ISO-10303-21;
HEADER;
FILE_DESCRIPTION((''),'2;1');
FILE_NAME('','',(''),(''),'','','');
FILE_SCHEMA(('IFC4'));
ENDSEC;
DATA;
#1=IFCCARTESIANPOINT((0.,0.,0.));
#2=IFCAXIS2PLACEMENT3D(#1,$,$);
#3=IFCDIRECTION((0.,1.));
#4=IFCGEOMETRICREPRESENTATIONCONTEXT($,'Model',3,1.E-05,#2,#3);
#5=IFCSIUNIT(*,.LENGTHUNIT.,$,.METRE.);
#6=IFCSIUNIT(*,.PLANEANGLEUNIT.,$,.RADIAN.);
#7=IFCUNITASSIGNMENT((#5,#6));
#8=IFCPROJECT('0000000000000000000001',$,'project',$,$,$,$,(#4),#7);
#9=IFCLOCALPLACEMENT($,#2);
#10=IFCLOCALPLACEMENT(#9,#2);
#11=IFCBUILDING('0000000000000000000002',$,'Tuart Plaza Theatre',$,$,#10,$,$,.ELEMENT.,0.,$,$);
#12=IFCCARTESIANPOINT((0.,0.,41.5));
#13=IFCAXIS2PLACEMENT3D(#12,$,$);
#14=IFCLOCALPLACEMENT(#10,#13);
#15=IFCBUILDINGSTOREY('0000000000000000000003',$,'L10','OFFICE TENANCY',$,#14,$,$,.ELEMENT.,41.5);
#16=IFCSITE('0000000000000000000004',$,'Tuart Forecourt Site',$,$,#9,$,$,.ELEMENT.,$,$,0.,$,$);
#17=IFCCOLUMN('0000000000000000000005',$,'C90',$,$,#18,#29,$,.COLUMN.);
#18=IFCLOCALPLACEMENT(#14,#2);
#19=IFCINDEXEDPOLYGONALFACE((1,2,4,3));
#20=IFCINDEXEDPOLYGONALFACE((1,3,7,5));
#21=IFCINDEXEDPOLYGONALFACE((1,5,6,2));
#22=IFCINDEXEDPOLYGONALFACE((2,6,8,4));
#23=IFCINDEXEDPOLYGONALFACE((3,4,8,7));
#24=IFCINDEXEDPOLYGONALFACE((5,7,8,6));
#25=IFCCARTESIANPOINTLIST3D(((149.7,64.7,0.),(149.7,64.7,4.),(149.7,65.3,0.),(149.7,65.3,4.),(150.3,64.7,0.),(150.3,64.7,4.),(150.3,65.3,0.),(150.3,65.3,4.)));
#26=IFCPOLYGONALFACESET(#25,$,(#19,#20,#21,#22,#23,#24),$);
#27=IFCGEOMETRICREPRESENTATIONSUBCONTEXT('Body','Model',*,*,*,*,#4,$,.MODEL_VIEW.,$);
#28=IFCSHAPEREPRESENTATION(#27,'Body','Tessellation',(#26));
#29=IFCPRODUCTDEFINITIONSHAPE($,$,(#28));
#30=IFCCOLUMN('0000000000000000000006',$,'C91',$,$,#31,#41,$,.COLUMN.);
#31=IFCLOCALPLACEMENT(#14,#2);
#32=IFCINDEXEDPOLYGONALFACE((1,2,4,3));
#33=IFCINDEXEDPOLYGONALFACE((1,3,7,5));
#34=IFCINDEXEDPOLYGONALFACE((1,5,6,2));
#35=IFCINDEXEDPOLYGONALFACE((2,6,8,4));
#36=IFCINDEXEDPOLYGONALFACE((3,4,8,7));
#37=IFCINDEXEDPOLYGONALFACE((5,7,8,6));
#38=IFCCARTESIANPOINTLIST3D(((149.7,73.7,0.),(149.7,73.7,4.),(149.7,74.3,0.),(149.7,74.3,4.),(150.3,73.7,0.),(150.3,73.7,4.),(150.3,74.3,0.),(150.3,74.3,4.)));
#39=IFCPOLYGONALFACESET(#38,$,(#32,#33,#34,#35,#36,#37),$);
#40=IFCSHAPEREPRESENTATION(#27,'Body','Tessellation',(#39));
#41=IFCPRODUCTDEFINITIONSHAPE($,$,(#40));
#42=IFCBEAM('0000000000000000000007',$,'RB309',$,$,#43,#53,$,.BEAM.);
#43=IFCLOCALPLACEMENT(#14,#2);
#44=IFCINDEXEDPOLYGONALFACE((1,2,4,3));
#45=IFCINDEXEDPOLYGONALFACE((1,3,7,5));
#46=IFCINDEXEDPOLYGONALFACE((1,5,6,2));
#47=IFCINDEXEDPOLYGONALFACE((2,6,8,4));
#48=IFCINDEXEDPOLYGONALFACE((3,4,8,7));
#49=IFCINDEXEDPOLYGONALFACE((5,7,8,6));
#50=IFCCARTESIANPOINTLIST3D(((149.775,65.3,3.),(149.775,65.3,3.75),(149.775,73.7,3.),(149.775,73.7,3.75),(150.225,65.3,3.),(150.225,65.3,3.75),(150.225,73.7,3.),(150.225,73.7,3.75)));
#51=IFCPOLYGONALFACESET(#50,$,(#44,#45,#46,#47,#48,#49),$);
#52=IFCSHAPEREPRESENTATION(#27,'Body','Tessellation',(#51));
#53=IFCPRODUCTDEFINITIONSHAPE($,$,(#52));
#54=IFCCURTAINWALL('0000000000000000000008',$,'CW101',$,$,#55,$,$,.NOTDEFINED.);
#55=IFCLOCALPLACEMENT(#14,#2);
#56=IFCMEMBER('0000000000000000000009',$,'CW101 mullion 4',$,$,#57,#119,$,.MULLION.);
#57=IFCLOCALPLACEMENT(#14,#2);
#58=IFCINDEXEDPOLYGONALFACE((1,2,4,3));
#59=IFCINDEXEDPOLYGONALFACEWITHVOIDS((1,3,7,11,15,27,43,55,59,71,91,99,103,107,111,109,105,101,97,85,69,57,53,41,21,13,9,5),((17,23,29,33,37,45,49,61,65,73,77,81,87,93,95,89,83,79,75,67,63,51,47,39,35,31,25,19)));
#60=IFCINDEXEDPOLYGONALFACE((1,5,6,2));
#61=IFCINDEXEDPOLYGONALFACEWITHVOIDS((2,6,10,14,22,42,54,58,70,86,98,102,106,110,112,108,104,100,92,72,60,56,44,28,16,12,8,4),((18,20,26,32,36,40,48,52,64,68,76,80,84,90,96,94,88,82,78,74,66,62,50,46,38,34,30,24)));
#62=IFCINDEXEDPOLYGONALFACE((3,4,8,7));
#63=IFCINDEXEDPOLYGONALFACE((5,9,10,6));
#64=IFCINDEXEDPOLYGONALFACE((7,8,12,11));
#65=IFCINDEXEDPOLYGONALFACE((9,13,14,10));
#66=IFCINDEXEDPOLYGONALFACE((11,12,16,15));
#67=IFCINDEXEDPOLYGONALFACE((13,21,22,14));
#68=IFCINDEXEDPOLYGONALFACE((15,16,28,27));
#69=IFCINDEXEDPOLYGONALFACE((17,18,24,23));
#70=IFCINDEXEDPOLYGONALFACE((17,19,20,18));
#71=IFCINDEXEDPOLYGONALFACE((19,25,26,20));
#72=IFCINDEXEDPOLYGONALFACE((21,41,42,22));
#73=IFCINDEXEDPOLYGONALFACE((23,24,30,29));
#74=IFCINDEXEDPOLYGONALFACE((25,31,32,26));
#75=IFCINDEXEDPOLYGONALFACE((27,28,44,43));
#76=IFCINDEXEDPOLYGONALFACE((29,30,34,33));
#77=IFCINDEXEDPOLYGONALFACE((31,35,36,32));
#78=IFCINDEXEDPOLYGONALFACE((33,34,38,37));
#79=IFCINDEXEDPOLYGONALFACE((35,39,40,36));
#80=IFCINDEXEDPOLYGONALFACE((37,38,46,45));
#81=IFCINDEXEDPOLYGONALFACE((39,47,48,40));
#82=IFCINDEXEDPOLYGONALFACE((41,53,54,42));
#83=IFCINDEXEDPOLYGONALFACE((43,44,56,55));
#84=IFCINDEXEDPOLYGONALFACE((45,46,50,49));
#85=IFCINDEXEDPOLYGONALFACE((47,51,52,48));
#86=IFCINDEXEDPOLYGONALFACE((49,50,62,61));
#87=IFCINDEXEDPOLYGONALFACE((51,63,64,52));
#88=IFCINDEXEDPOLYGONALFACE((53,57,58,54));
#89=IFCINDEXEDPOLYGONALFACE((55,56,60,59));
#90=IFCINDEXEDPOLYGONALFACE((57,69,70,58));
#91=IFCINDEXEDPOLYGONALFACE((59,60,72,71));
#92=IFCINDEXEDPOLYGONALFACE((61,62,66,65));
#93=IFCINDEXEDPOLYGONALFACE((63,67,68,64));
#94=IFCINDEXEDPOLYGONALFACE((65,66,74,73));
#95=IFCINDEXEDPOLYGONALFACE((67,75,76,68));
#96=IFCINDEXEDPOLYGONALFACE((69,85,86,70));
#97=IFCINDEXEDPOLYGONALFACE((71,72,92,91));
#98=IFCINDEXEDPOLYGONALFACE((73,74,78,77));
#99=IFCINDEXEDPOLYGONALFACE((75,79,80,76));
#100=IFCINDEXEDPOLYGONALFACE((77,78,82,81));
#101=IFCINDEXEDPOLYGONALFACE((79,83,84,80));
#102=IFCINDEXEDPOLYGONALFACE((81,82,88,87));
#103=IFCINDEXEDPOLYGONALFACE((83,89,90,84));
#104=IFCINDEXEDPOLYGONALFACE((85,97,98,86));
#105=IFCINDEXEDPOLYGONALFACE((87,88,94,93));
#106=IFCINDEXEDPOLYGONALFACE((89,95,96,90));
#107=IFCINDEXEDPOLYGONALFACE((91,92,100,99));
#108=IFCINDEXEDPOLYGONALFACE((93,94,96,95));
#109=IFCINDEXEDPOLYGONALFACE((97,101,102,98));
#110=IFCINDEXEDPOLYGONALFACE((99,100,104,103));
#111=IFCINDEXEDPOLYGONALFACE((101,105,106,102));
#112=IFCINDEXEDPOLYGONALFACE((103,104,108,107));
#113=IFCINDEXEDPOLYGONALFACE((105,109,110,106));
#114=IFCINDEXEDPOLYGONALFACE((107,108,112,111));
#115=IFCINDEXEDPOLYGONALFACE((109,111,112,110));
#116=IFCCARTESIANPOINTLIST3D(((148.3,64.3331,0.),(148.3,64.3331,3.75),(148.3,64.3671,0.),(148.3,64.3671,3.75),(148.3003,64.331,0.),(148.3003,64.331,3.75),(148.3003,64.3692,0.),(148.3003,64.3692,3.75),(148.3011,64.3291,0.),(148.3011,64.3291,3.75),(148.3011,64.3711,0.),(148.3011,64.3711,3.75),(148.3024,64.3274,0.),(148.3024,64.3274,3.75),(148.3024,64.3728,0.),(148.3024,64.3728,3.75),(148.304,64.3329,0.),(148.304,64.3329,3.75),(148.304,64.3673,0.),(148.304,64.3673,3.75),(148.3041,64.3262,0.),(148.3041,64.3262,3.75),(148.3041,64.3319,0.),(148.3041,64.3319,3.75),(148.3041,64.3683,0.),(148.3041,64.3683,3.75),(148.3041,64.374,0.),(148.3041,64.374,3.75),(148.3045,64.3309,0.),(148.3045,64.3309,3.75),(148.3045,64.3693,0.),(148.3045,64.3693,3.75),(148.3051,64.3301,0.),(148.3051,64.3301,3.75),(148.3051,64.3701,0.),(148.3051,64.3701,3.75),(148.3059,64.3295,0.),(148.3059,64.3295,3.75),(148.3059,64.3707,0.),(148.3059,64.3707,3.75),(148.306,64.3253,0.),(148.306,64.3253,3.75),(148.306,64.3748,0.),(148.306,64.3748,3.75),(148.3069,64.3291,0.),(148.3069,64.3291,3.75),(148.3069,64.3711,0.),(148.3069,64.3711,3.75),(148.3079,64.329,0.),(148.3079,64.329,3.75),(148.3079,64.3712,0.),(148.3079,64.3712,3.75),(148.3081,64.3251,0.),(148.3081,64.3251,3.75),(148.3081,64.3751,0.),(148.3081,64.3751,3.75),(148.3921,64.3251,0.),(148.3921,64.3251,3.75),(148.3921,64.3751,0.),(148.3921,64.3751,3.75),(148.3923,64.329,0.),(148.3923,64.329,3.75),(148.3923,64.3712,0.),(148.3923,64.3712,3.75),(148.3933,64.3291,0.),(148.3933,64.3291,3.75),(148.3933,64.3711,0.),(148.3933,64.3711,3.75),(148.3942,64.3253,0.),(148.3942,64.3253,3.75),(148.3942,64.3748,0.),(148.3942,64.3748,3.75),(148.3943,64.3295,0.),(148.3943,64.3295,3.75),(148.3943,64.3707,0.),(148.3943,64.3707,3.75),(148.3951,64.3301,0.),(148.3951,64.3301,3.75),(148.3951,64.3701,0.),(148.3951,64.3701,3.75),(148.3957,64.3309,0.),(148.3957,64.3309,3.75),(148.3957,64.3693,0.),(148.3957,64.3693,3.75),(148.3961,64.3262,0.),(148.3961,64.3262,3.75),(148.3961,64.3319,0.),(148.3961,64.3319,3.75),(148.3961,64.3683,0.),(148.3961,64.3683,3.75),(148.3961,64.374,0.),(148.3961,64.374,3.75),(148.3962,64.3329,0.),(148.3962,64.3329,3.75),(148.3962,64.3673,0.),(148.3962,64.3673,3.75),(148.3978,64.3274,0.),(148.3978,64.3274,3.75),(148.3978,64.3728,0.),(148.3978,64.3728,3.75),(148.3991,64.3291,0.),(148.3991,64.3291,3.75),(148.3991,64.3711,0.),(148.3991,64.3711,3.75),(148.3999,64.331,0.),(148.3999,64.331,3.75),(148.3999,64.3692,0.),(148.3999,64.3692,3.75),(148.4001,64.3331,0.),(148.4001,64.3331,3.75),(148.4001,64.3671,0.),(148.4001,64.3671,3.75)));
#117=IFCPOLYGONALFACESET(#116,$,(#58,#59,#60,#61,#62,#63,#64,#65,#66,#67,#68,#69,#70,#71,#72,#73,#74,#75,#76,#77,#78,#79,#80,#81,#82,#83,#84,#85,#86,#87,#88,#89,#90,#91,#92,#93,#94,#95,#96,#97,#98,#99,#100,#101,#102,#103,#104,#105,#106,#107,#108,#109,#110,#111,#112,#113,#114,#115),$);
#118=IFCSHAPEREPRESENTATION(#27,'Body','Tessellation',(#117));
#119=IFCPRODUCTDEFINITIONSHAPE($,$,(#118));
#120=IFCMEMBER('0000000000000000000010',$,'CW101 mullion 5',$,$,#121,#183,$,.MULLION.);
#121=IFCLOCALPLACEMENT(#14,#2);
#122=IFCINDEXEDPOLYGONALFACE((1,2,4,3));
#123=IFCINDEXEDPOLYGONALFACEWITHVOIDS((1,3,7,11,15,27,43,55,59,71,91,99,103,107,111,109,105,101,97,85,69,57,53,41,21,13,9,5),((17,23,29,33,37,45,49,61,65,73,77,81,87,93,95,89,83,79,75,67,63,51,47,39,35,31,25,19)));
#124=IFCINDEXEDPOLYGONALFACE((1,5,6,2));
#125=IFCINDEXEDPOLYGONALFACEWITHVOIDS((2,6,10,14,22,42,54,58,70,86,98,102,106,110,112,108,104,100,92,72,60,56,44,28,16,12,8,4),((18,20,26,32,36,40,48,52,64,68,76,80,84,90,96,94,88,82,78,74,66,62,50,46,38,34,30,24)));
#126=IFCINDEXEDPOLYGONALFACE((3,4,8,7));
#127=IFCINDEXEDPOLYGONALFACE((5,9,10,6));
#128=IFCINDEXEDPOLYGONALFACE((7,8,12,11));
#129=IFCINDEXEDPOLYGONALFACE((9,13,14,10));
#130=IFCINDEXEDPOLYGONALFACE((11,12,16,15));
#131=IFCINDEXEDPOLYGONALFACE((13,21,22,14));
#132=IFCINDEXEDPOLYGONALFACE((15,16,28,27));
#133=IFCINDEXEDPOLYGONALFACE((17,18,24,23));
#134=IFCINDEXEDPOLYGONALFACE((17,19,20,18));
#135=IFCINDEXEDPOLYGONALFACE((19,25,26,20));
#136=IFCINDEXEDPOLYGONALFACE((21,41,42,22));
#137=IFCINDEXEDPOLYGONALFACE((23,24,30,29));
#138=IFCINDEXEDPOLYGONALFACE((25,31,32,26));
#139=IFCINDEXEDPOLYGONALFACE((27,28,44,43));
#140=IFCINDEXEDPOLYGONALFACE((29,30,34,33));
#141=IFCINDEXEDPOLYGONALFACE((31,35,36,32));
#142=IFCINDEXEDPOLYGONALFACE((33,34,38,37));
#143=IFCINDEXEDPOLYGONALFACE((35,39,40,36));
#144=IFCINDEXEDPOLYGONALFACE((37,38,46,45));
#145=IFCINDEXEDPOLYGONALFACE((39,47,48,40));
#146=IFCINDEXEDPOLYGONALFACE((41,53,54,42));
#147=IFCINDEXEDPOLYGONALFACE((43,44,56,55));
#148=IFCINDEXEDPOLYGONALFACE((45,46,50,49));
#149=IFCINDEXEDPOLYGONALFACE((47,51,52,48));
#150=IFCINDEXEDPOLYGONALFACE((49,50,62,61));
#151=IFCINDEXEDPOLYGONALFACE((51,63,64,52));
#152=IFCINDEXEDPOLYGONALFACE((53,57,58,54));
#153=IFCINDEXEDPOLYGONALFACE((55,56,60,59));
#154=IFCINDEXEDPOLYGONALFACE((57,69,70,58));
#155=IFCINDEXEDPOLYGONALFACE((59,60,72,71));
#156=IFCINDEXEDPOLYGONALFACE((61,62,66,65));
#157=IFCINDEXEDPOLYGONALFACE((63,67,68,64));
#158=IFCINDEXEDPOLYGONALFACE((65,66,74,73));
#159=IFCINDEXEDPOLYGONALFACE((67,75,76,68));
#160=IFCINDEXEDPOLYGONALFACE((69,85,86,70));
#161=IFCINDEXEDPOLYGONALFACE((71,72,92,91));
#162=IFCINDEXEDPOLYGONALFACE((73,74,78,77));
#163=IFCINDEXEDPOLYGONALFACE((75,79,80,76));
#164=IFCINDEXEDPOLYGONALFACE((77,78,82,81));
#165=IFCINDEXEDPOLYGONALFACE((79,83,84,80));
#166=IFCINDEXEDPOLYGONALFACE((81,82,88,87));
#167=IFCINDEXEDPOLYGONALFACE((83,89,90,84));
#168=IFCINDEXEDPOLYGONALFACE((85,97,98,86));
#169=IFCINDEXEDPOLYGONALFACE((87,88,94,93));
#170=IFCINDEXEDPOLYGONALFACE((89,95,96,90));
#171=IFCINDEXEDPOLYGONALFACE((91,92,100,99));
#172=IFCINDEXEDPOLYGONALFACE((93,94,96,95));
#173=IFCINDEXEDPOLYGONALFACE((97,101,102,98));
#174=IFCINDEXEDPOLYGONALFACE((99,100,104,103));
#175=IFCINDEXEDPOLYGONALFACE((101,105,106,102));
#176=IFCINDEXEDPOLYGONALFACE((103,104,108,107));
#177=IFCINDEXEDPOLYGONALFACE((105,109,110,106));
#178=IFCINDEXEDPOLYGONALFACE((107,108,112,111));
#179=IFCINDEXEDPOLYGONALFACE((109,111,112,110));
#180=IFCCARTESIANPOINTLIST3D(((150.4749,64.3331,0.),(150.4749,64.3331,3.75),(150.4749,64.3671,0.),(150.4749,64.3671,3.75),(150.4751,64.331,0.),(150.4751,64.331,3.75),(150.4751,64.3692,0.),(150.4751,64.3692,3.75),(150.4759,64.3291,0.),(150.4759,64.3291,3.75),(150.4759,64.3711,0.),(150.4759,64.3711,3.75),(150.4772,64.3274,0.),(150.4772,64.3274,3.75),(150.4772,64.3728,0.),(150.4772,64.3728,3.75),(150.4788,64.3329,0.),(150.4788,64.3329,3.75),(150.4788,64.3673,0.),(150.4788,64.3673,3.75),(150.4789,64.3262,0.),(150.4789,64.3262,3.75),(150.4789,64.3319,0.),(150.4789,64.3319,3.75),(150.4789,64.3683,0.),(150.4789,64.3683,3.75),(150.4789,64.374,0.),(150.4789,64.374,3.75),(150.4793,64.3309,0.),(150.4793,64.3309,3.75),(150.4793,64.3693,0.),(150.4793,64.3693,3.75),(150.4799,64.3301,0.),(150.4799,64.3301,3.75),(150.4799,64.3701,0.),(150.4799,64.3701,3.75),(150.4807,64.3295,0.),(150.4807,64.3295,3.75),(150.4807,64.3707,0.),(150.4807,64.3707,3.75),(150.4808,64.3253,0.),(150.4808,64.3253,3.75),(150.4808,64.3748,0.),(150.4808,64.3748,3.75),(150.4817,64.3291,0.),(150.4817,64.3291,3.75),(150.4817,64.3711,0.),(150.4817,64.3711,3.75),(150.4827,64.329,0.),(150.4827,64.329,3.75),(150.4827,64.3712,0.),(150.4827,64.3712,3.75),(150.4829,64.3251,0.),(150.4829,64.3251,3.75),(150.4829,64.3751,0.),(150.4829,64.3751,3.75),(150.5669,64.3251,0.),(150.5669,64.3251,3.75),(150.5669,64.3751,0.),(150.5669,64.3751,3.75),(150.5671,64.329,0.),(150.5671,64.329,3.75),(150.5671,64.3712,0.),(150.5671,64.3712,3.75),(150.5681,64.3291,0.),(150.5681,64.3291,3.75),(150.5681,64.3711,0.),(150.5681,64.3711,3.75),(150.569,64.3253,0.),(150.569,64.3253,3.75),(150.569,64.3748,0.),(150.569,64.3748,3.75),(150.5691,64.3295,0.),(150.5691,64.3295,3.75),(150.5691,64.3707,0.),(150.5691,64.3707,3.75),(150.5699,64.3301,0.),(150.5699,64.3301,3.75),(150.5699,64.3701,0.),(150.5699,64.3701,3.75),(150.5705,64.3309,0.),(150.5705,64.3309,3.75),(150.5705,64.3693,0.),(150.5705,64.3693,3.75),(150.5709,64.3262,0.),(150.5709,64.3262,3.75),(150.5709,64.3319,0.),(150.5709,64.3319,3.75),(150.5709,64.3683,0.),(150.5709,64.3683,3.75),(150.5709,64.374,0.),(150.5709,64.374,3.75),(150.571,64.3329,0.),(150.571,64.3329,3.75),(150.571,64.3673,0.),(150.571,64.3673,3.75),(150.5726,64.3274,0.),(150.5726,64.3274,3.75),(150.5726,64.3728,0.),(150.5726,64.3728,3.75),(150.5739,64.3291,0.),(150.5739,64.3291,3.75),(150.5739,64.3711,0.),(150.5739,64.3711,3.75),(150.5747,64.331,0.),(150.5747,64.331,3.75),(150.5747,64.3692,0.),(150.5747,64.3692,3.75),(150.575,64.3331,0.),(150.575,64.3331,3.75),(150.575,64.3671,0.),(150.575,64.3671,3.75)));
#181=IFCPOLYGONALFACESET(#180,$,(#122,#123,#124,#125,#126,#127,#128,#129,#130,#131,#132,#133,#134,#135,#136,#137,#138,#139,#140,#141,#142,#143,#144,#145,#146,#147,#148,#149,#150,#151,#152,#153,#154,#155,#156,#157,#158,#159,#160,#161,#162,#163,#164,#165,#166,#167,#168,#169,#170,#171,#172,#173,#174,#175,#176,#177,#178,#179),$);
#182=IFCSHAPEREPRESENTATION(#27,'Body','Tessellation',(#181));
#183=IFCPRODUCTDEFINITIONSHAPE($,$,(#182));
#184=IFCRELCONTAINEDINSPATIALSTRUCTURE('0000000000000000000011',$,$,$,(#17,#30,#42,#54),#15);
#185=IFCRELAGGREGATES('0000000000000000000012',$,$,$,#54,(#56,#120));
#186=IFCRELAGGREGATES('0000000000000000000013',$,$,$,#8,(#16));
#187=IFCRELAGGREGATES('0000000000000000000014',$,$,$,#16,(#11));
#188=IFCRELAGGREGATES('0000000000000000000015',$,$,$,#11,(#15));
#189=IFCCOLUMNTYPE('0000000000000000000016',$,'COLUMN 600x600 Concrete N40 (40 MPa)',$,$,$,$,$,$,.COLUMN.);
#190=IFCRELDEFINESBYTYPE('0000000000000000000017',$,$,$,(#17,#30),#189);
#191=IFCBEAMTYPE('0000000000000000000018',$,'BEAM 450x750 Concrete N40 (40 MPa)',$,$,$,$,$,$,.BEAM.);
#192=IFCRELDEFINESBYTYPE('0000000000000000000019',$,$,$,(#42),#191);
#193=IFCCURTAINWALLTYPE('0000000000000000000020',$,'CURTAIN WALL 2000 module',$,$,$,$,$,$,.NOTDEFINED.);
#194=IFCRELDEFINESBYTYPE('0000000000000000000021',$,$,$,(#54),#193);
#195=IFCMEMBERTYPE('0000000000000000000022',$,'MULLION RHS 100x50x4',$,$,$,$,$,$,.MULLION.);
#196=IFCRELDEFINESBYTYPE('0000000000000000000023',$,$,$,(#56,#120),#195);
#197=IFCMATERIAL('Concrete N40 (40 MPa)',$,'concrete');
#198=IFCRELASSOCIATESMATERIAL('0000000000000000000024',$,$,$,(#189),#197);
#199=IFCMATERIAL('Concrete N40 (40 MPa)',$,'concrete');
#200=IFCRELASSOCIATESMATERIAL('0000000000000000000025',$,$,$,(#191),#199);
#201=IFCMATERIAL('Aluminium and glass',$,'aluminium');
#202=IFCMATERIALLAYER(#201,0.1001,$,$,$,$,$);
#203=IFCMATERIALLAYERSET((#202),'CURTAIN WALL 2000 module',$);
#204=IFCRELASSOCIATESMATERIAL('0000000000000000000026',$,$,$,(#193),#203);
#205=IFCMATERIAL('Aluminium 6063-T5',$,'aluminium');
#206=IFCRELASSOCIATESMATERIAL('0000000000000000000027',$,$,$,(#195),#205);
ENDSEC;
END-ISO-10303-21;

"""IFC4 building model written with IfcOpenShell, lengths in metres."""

from ifc_helpers import new_model, si_unit, direction, frame, origin, origin_2d, place, context, subcontext, project, spatial, rectangle, hollow_rectangle, extrude, material, layer, layer_set, material_profile, profile_set, type_object, element, aggregate, save


model = new_model("IFC4")

# Units and contexts
model_context = context("Model", 3, precision=1e-05, world=origin(), true_north=direction((0.0, 1.0)))
body_context = subcontext(model_context, "Body", "Model", "MODEL_VIEW")
ifc_project = project(units=[si_unit("LENGTHUNIT", "METRE"), si_unit("PLANEANGLEUNIT", "RADIAN")], contexts=[model_context])

# Site, building, storey
site_placement = place(None, origin())
site = spatial("IfcSite", under=ifc_project, at=site_placement, Name="Tuart Forecourt Site", CompositionType="ELEMENT", RefElevation=0.0)
building_placement = place(site_placement, origin())
building = spatial("IfcBuilding", under=site, at=building_placement, Name="Tuart Plaza Theatre", CompositionType="ELEMENT", ElevationOfRefHeight=0.0)
storey_placement = place(building_placement, frame((0.0, 0.0, 41.5)))
storey = spatial("IfcBuildingStorey", under=building, at=storey_placement, Name="L10", Description="OFFICE TENANCY", CompositionType="ELEMENT", Elevation=41.5)

# Columns
ifc_material_1 = material(Name="Concrete N40 (40 MPa)", Category="concrete")
ifc_material_profile_1 = material_profile(ifc_material_1, rectangle(XDim=0.6001, YDim=0.6001, at=origin_2d()), Name="COLUMN 600x600 Concrete N40 (40 MPa)")
ifc_profile_set_1 = profile_set([ifc_material_profile_1], Name="Concrete N40 (40 MPa)")
column_type = type_object("IfcColumnType", Name="COLUMN 600x600 Concrete N40 (40 MPa)", PredefinedType="COLUMN", material=ifc_profile_set_1)
for number, where, z_axis, x_axis, name in (
    (1, (150.0, 65.0, 0.0), (0.0, 0.0, 1.0), (1.0, 0.0, 0.0), "C90"),
    (2, (150.0, 74.0, 0.0), (0.0, 0.0, 1.0), (1.0, 0.0, 0.0), "C91"),
):
    element("IfcColumn", number, at=place(storey_placement, frame(where, z_axis=z_axis, x_axis=x_axis)), inside=storey, type_object=column_type, Name=name, PredefinedType="COLUMN", context=body_context, shape_type="SweptSolid", body=[
        extrude(rectangle(XDim=0.6001, YDim=0.6001, at=origin_2d()), origin(), (0.0, 0.0, 1.0), 4.0),
    ])

# Beam
ifc_material_2 = material(Name="Concrete N40 (40 MPa)", Category="concrete")
ifc_material_profile_2 = material_profile(ifc_material_2, rectangle(XDim=0.45, YDim=0.75, at=origin_2d()), Name="BEAM 450x750 Concrete N40 (40 MPa)")
ifc_profile_set_2 = profile_set([ifc_material_profile_2], Name="Concrete N40 (40 MPa)")
beam_type = type_object("IfcBeamType", Name="BEAM 450x750 Concrete N40 (40 MPa)", PredefinedType="BEAM", material=ifc_profile_set_2)
beam_placement = place(storey_placement, frame((150.0, 65.3, 3.375), z_axis=(0.0, 1.0, 0.0), x_axis=(-1.0, 0.0, 0.0)))
element("IfcBeam", 3, at=beam_placement, inside=storey, type_object=beam_type, Name="RB309", PredefinedType="BEAM", context=body_context, shape_type="SweptSolid", body=[
    extrude(rectangle(XDim=0.45, YDim=0.75, at=origin_2d()), origin(), (0.0, 0.0, 1.0), 8.3999),
])

# Curtain wall, members
ifc_material_3 = material(Name="Aluminium and glass", Category="aluminium")
ifc_layer_1 = layer(ifc_material_3, 0.1001)
ifc_layer_set_1 = layer_set([ifc_layer_1], Name="CURTAIN WALL 2000 module")
curtain_wall_type = type_object("IfcCurtainWallType", Name="CURTAIN WALL 2000 module", PredefinedType="NOTDEFINED", material=ifc_layer_set_1)
curtain_wall_1_placement = place(storey_placement, origin())
curtain_wall_1 = element("IfcCurtainWall", 4, at=curtain_wall_1_placement, inside=storey, type_object=curtain_wall_type, Name="CW101", PredefinedType="NOTDEFINED")
ifc_material_4 = material(Name="Aluminium 6063-T5", Category="aluminium")
ifc_material_profile_3 = material_profile(ifc_material_4, hollow_rectangle(XDim=0.05, YDim=0.1001, WallThickness=0.0039, InnerFilletRadius=0.0039, OuterFilletRadius=0.0081, at=origin_2d()), Name="RHS 100x50x4")
ifc_profile_set_3 = profile_set([ifc_material_profile_3], Name="Aluminium 6063-T5")
member_type_1 = type_object("IfcMemberType", Name="MULLION RHS 100x50x4", PredefinedType="MULLION", material=ifc_profile_set_3)
member_1_placement = place(storey_placement, frame((148.3501, 64.3501, 0.0), z_axis=(0.0, 0.0, 1.0), x_axis=(0.0, 1.0, 0.0)))
member_1 = element("IfcMember", 5, at=member_1_placement, type_object=member_type_1, Name="CW101 mullion 4", PredefinedType="MULLION", context=body_context, shape_type="SweptSolid", body=[
    extrude(hollow_rectangle(XDim=0.05, YDim=0.1001, WallThickness=0.0039, InnerFilletRadius=0.0039, OuterFilletRadius=0.0081, at=origin_2d()), origin(), (0.0, 0.0, 1.0), 3.75),
])
member_2_placement = place(storey_placement, frame((150.5249, 64.3501, 0.0), z_axis=(0.0, 0.0, 1.0), x_axis=(0.0, 1.0, 0.0)))
member_2 = element("IfcMember", 6, at=member_2_placement, type_object=member_type_1, Name="CW101 mullion 5", PredefinedType="MULLION", context=body_context, shape_type="SweptSolid", body=[
    extrude(hollow_rectangle(XDim=0.05, YDim=0.1001, WallThickness=0.0039, InnerFilletRadius=0.0039, OuterFilletRadius=0.0081, at=origin_2d()), origin(), (0.0, 0.0, 1.0), 3.75),
])

aggregate(curtain_wall_1, [member_1, member_2])

save(model, "model.ifc")
